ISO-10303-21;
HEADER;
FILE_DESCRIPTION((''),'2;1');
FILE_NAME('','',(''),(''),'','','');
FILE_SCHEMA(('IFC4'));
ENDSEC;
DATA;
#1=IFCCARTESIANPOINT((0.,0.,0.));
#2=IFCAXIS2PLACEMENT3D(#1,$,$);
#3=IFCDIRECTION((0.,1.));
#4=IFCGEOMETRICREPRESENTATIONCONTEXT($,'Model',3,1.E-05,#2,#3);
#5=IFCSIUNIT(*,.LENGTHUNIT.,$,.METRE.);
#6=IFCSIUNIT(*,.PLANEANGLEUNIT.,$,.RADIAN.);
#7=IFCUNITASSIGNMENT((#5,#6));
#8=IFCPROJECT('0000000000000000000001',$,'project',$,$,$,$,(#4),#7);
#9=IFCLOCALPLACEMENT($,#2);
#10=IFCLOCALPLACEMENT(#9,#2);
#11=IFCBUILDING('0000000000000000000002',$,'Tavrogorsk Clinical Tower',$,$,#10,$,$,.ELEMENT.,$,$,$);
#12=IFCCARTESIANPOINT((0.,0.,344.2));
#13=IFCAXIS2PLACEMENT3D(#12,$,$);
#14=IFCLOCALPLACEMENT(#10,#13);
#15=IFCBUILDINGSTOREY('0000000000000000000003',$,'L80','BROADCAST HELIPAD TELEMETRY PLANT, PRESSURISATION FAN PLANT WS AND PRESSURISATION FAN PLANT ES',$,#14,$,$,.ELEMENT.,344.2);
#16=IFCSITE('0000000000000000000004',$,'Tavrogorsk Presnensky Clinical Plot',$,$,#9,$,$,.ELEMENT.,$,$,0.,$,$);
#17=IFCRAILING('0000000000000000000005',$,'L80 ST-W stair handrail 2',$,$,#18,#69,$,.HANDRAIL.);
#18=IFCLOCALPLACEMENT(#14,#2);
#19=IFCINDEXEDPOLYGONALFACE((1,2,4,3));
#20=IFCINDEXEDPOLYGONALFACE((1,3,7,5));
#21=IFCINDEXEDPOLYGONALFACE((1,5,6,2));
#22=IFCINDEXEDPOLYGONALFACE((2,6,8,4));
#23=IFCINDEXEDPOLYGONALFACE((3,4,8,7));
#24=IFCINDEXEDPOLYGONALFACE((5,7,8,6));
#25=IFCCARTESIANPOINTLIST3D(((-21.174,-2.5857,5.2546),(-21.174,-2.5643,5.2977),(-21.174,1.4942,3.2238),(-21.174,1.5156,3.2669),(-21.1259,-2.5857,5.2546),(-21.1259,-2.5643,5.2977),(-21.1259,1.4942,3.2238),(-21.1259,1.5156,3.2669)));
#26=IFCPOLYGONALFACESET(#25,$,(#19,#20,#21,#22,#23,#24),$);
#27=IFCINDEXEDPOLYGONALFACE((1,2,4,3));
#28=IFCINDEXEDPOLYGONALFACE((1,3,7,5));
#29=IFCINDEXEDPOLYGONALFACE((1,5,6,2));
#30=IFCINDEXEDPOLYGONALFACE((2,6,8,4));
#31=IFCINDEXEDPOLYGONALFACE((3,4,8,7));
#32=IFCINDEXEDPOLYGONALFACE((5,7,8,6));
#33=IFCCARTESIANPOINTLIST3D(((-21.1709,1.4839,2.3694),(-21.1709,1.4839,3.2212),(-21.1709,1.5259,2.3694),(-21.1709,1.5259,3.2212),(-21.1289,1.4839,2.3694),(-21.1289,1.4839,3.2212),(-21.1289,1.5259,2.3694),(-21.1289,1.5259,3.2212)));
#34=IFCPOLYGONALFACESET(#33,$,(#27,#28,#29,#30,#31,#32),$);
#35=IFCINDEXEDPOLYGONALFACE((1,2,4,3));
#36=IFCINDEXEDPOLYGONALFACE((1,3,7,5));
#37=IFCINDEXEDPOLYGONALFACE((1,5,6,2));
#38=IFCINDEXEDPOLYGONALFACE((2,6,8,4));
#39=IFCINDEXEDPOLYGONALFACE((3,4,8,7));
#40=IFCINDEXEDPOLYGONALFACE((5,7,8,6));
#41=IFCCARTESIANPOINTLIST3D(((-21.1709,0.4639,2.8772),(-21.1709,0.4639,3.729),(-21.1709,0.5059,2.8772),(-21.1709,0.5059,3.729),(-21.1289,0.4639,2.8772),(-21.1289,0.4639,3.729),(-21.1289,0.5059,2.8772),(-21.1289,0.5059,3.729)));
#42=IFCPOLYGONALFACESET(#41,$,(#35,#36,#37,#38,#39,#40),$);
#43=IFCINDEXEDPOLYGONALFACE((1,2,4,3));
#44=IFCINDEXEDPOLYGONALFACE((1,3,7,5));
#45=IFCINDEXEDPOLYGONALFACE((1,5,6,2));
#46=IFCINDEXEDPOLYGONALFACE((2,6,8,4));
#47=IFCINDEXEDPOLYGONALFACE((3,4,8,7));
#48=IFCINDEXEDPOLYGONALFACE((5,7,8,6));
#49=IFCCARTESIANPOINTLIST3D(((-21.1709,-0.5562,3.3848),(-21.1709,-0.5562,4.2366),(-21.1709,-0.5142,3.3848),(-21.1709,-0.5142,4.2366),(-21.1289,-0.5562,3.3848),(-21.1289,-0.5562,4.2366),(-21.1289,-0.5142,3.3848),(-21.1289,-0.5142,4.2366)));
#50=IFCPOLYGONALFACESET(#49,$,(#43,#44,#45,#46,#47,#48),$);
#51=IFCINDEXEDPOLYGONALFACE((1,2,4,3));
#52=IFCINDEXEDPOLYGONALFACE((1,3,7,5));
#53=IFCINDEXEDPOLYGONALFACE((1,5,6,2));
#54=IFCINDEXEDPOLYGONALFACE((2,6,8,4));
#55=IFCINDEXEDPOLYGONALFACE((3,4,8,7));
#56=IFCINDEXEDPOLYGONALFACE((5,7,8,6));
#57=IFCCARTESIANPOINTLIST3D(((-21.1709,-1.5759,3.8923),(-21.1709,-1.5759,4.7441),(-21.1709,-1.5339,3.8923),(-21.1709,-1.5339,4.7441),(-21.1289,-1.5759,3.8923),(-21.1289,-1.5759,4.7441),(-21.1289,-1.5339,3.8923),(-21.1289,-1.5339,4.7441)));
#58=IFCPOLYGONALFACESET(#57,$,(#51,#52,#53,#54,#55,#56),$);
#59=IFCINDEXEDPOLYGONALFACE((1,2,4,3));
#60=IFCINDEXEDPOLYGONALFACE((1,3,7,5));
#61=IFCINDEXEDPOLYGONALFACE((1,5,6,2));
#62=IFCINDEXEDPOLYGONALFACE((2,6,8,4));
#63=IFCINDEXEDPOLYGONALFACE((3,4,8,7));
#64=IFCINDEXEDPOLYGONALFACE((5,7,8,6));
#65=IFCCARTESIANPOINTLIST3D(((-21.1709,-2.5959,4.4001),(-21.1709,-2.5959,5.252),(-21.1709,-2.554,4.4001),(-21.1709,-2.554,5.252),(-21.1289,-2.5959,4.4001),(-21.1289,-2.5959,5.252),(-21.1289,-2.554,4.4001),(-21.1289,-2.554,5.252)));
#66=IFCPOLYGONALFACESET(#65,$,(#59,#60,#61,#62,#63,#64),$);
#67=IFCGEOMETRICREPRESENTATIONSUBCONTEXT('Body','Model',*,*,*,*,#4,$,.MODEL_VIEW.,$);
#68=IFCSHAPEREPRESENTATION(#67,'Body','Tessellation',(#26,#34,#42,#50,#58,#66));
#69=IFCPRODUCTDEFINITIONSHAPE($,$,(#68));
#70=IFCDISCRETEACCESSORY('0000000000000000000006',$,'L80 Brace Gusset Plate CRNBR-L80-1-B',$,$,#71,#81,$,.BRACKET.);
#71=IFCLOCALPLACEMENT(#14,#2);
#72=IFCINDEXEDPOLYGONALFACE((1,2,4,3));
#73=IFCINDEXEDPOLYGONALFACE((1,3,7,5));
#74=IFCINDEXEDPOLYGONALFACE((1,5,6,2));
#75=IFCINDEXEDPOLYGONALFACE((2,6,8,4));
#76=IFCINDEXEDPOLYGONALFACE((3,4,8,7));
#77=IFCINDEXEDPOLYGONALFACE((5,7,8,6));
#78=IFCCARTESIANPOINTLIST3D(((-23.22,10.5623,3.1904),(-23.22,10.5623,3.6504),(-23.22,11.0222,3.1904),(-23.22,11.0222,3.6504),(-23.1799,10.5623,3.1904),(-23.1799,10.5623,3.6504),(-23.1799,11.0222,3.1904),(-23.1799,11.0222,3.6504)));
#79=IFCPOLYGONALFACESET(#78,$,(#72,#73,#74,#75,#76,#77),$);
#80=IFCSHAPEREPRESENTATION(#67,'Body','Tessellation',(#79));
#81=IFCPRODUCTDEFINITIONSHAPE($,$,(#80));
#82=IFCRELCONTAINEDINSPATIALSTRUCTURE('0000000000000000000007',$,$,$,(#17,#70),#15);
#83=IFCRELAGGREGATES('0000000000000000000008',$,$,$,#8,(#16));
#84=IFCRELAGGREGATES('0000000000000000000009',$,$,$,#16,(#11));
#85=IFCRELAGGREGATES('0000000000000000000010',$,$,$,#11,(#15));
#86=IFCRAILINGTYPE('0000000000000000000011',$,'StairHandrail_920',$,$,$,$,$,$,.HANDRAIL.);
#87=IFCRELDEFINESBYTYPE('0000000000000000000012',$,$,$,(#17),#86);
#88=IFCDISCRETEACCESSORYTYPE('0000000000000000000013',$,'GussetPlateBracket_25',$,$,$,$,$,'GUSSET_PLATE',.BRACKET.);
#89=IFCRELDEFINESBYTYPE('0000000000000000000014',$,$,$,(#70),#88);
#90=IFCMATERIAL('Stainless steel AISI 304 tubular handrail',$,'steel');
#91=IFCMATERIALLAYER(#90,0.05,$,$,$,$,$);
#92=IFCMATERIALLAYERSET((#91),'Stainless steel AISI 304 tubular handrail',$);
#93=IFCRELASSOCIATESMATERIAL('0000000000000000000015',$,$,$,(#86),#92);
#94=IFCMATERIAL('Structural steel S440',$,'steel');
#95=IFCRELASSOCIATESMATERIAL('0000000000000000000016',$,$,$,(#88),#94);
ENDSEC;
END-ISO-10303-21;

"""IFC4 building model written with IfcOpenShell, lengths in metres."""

from ifc_helpers import new_model, si_unit, direction, frame, origin, origin_2d, place, context, subcontext, project, spatial, rectangle, extrude, material, layer, layer_set, type_object, element, save


model = new_model("IFC4")

# Units and contexts
model_context = context("Model", 3, precision=1e-05, world=origin(), true_north=direction((0.0, 1.0)))
body_context = subcontext(model_context, "Body", "Model", "MODEL_VIEW")
ifc_project = project(units=[si_unit("LENGTHUNIT", "METRE"), si_unit("PLANEANGLEUNIT", "RADIAN")], contexts=[model_context])

# Site, building, storey
site_placement = place(None, origin())
site = spatial("IfcSite", under=ifc_project, at=site_placement, Name="Tavrogorsk Presnensky Clinical Plot", CompositionType="ELEMENT", RefElevation=0.0)
building_placement = place(site_placement, origin())
building = spatial("IfcBuilding", under=site, at=building_placement, Name="Tavrogorsk Clinical Tower", CompositionType="ELEMENT")
storey_placement = place(building_placement, frame((0.0, 0.0, 344.2)))
storey = spatial("IfcBuildingStorey", under=building, at=storey_placement, Name="L80", Description="BROADCAST HELIPAD TELEMETRY PLANT, PRESSURISATION FAN PLANT WS AND PRESSURISATION FAN PLANT ES", CompositionType="ELEMENT", Elevation=344.2)

# Railing
ifc_material_1 = material(Name="Stainless steel AISI 304 tubular handrail", Category="steel")
ifc_layer_1 = layer(ifc_material_1, 0.05)
ifc_layer_set_1 = layer_set([ifc_layer_1], Name="Stainless steel AISI 304 tubular handrail")
railing_type_1 = type_object("IfcRailingType", Name="StairHandrail_920", PredefinedType="HANDRAIL", material=ifc_layer_set_1)
railing_1_placement = place(storey_placement, frame((-21.1499, 1.5049, 2.3694)))
element("IfcRailing", 1, at=railing_1_placement, inside=storey, type_object=railing_type_1, Name="L80 ST-W stair handrail 2", PredefinedType="HANDRAIL", context=body_context, shape_type="SweptSolid", body=[
    extrude(rectangle(XDim=0.0481, YDim=0.0481, at=origin_2d()), frame((0.0, 0.0, 0.876), z_axis=(0.0, -0.895229, 0.445606), x_axis=(1.0, 0.0, 0.0)), (0.0, 0.0, 1.0), 4.5574),
    extrude(rectangle(XDim=0.042, YDim=0.042, at=origin_2d()), origin(), (0.0, 0.0, 1.0), 0.8518),
    extrude(rectangle(XDim=0.042, YDim=0.042, at=origin_2d()), frame((0.0, -1.02, 0.5078)), (0.0, 0.0, 1.0), 0.8518),
    extrude(rectangle(XDim=0.042, YDim=0.042, at=origin_2d()), frame((0.0, -2.04, 1.0154)), (0.0, 0.0, 1.0), 0.8518),
    extrude(rectangle(XDim=0.042, YDim=0.042, at=origin_2d()), frame((0.0, -3.0598, 1.5229)), (0.0, 0.0, 1.0), 0.8518),
    extrude(rectangle(XDim=0.042, YDim=0.042, at=origin_2d()), frame((0.0, -4.0798, 2.0308)), (0.0, 0.0, 1.0), 0.8518),
])

# Discrete accessory
ifc_material_2 = material(Name="Structural steel S440", Category="steel")
discrete_accessory_type = type_object("IfcDiscreteAccessoryType", Name="GussetPlateBracket_25", ElementType="GUSSET_PLATE", PredefinedType="BRACKET", material=ifc_material_2)
discrete_accessory_placement = place(storey_placement, frame((-23.2, 10.7922, 3.1904), z_axis=(0.0, 0.0, 1.0), x_axis=(0.0, 1.0, 0.0)))
element("IfcDiscreteAccessory", 2, at=discrete_accessory_placement, inside=storey, type_object=discrete_accessory_type, Name="L80 Brace Gusset Plate CRNBR-L80-1-B", PredefinedType="BRACKET", context=body_context, shape_type="SweptSolid", body=[
    extrude(rectangle(XDim=0.46, YDim=0.04, at=origin_2d()), origin(), (0.0, 0.0, 1.0), 0.46),
])

save(model, "model.ifc")
